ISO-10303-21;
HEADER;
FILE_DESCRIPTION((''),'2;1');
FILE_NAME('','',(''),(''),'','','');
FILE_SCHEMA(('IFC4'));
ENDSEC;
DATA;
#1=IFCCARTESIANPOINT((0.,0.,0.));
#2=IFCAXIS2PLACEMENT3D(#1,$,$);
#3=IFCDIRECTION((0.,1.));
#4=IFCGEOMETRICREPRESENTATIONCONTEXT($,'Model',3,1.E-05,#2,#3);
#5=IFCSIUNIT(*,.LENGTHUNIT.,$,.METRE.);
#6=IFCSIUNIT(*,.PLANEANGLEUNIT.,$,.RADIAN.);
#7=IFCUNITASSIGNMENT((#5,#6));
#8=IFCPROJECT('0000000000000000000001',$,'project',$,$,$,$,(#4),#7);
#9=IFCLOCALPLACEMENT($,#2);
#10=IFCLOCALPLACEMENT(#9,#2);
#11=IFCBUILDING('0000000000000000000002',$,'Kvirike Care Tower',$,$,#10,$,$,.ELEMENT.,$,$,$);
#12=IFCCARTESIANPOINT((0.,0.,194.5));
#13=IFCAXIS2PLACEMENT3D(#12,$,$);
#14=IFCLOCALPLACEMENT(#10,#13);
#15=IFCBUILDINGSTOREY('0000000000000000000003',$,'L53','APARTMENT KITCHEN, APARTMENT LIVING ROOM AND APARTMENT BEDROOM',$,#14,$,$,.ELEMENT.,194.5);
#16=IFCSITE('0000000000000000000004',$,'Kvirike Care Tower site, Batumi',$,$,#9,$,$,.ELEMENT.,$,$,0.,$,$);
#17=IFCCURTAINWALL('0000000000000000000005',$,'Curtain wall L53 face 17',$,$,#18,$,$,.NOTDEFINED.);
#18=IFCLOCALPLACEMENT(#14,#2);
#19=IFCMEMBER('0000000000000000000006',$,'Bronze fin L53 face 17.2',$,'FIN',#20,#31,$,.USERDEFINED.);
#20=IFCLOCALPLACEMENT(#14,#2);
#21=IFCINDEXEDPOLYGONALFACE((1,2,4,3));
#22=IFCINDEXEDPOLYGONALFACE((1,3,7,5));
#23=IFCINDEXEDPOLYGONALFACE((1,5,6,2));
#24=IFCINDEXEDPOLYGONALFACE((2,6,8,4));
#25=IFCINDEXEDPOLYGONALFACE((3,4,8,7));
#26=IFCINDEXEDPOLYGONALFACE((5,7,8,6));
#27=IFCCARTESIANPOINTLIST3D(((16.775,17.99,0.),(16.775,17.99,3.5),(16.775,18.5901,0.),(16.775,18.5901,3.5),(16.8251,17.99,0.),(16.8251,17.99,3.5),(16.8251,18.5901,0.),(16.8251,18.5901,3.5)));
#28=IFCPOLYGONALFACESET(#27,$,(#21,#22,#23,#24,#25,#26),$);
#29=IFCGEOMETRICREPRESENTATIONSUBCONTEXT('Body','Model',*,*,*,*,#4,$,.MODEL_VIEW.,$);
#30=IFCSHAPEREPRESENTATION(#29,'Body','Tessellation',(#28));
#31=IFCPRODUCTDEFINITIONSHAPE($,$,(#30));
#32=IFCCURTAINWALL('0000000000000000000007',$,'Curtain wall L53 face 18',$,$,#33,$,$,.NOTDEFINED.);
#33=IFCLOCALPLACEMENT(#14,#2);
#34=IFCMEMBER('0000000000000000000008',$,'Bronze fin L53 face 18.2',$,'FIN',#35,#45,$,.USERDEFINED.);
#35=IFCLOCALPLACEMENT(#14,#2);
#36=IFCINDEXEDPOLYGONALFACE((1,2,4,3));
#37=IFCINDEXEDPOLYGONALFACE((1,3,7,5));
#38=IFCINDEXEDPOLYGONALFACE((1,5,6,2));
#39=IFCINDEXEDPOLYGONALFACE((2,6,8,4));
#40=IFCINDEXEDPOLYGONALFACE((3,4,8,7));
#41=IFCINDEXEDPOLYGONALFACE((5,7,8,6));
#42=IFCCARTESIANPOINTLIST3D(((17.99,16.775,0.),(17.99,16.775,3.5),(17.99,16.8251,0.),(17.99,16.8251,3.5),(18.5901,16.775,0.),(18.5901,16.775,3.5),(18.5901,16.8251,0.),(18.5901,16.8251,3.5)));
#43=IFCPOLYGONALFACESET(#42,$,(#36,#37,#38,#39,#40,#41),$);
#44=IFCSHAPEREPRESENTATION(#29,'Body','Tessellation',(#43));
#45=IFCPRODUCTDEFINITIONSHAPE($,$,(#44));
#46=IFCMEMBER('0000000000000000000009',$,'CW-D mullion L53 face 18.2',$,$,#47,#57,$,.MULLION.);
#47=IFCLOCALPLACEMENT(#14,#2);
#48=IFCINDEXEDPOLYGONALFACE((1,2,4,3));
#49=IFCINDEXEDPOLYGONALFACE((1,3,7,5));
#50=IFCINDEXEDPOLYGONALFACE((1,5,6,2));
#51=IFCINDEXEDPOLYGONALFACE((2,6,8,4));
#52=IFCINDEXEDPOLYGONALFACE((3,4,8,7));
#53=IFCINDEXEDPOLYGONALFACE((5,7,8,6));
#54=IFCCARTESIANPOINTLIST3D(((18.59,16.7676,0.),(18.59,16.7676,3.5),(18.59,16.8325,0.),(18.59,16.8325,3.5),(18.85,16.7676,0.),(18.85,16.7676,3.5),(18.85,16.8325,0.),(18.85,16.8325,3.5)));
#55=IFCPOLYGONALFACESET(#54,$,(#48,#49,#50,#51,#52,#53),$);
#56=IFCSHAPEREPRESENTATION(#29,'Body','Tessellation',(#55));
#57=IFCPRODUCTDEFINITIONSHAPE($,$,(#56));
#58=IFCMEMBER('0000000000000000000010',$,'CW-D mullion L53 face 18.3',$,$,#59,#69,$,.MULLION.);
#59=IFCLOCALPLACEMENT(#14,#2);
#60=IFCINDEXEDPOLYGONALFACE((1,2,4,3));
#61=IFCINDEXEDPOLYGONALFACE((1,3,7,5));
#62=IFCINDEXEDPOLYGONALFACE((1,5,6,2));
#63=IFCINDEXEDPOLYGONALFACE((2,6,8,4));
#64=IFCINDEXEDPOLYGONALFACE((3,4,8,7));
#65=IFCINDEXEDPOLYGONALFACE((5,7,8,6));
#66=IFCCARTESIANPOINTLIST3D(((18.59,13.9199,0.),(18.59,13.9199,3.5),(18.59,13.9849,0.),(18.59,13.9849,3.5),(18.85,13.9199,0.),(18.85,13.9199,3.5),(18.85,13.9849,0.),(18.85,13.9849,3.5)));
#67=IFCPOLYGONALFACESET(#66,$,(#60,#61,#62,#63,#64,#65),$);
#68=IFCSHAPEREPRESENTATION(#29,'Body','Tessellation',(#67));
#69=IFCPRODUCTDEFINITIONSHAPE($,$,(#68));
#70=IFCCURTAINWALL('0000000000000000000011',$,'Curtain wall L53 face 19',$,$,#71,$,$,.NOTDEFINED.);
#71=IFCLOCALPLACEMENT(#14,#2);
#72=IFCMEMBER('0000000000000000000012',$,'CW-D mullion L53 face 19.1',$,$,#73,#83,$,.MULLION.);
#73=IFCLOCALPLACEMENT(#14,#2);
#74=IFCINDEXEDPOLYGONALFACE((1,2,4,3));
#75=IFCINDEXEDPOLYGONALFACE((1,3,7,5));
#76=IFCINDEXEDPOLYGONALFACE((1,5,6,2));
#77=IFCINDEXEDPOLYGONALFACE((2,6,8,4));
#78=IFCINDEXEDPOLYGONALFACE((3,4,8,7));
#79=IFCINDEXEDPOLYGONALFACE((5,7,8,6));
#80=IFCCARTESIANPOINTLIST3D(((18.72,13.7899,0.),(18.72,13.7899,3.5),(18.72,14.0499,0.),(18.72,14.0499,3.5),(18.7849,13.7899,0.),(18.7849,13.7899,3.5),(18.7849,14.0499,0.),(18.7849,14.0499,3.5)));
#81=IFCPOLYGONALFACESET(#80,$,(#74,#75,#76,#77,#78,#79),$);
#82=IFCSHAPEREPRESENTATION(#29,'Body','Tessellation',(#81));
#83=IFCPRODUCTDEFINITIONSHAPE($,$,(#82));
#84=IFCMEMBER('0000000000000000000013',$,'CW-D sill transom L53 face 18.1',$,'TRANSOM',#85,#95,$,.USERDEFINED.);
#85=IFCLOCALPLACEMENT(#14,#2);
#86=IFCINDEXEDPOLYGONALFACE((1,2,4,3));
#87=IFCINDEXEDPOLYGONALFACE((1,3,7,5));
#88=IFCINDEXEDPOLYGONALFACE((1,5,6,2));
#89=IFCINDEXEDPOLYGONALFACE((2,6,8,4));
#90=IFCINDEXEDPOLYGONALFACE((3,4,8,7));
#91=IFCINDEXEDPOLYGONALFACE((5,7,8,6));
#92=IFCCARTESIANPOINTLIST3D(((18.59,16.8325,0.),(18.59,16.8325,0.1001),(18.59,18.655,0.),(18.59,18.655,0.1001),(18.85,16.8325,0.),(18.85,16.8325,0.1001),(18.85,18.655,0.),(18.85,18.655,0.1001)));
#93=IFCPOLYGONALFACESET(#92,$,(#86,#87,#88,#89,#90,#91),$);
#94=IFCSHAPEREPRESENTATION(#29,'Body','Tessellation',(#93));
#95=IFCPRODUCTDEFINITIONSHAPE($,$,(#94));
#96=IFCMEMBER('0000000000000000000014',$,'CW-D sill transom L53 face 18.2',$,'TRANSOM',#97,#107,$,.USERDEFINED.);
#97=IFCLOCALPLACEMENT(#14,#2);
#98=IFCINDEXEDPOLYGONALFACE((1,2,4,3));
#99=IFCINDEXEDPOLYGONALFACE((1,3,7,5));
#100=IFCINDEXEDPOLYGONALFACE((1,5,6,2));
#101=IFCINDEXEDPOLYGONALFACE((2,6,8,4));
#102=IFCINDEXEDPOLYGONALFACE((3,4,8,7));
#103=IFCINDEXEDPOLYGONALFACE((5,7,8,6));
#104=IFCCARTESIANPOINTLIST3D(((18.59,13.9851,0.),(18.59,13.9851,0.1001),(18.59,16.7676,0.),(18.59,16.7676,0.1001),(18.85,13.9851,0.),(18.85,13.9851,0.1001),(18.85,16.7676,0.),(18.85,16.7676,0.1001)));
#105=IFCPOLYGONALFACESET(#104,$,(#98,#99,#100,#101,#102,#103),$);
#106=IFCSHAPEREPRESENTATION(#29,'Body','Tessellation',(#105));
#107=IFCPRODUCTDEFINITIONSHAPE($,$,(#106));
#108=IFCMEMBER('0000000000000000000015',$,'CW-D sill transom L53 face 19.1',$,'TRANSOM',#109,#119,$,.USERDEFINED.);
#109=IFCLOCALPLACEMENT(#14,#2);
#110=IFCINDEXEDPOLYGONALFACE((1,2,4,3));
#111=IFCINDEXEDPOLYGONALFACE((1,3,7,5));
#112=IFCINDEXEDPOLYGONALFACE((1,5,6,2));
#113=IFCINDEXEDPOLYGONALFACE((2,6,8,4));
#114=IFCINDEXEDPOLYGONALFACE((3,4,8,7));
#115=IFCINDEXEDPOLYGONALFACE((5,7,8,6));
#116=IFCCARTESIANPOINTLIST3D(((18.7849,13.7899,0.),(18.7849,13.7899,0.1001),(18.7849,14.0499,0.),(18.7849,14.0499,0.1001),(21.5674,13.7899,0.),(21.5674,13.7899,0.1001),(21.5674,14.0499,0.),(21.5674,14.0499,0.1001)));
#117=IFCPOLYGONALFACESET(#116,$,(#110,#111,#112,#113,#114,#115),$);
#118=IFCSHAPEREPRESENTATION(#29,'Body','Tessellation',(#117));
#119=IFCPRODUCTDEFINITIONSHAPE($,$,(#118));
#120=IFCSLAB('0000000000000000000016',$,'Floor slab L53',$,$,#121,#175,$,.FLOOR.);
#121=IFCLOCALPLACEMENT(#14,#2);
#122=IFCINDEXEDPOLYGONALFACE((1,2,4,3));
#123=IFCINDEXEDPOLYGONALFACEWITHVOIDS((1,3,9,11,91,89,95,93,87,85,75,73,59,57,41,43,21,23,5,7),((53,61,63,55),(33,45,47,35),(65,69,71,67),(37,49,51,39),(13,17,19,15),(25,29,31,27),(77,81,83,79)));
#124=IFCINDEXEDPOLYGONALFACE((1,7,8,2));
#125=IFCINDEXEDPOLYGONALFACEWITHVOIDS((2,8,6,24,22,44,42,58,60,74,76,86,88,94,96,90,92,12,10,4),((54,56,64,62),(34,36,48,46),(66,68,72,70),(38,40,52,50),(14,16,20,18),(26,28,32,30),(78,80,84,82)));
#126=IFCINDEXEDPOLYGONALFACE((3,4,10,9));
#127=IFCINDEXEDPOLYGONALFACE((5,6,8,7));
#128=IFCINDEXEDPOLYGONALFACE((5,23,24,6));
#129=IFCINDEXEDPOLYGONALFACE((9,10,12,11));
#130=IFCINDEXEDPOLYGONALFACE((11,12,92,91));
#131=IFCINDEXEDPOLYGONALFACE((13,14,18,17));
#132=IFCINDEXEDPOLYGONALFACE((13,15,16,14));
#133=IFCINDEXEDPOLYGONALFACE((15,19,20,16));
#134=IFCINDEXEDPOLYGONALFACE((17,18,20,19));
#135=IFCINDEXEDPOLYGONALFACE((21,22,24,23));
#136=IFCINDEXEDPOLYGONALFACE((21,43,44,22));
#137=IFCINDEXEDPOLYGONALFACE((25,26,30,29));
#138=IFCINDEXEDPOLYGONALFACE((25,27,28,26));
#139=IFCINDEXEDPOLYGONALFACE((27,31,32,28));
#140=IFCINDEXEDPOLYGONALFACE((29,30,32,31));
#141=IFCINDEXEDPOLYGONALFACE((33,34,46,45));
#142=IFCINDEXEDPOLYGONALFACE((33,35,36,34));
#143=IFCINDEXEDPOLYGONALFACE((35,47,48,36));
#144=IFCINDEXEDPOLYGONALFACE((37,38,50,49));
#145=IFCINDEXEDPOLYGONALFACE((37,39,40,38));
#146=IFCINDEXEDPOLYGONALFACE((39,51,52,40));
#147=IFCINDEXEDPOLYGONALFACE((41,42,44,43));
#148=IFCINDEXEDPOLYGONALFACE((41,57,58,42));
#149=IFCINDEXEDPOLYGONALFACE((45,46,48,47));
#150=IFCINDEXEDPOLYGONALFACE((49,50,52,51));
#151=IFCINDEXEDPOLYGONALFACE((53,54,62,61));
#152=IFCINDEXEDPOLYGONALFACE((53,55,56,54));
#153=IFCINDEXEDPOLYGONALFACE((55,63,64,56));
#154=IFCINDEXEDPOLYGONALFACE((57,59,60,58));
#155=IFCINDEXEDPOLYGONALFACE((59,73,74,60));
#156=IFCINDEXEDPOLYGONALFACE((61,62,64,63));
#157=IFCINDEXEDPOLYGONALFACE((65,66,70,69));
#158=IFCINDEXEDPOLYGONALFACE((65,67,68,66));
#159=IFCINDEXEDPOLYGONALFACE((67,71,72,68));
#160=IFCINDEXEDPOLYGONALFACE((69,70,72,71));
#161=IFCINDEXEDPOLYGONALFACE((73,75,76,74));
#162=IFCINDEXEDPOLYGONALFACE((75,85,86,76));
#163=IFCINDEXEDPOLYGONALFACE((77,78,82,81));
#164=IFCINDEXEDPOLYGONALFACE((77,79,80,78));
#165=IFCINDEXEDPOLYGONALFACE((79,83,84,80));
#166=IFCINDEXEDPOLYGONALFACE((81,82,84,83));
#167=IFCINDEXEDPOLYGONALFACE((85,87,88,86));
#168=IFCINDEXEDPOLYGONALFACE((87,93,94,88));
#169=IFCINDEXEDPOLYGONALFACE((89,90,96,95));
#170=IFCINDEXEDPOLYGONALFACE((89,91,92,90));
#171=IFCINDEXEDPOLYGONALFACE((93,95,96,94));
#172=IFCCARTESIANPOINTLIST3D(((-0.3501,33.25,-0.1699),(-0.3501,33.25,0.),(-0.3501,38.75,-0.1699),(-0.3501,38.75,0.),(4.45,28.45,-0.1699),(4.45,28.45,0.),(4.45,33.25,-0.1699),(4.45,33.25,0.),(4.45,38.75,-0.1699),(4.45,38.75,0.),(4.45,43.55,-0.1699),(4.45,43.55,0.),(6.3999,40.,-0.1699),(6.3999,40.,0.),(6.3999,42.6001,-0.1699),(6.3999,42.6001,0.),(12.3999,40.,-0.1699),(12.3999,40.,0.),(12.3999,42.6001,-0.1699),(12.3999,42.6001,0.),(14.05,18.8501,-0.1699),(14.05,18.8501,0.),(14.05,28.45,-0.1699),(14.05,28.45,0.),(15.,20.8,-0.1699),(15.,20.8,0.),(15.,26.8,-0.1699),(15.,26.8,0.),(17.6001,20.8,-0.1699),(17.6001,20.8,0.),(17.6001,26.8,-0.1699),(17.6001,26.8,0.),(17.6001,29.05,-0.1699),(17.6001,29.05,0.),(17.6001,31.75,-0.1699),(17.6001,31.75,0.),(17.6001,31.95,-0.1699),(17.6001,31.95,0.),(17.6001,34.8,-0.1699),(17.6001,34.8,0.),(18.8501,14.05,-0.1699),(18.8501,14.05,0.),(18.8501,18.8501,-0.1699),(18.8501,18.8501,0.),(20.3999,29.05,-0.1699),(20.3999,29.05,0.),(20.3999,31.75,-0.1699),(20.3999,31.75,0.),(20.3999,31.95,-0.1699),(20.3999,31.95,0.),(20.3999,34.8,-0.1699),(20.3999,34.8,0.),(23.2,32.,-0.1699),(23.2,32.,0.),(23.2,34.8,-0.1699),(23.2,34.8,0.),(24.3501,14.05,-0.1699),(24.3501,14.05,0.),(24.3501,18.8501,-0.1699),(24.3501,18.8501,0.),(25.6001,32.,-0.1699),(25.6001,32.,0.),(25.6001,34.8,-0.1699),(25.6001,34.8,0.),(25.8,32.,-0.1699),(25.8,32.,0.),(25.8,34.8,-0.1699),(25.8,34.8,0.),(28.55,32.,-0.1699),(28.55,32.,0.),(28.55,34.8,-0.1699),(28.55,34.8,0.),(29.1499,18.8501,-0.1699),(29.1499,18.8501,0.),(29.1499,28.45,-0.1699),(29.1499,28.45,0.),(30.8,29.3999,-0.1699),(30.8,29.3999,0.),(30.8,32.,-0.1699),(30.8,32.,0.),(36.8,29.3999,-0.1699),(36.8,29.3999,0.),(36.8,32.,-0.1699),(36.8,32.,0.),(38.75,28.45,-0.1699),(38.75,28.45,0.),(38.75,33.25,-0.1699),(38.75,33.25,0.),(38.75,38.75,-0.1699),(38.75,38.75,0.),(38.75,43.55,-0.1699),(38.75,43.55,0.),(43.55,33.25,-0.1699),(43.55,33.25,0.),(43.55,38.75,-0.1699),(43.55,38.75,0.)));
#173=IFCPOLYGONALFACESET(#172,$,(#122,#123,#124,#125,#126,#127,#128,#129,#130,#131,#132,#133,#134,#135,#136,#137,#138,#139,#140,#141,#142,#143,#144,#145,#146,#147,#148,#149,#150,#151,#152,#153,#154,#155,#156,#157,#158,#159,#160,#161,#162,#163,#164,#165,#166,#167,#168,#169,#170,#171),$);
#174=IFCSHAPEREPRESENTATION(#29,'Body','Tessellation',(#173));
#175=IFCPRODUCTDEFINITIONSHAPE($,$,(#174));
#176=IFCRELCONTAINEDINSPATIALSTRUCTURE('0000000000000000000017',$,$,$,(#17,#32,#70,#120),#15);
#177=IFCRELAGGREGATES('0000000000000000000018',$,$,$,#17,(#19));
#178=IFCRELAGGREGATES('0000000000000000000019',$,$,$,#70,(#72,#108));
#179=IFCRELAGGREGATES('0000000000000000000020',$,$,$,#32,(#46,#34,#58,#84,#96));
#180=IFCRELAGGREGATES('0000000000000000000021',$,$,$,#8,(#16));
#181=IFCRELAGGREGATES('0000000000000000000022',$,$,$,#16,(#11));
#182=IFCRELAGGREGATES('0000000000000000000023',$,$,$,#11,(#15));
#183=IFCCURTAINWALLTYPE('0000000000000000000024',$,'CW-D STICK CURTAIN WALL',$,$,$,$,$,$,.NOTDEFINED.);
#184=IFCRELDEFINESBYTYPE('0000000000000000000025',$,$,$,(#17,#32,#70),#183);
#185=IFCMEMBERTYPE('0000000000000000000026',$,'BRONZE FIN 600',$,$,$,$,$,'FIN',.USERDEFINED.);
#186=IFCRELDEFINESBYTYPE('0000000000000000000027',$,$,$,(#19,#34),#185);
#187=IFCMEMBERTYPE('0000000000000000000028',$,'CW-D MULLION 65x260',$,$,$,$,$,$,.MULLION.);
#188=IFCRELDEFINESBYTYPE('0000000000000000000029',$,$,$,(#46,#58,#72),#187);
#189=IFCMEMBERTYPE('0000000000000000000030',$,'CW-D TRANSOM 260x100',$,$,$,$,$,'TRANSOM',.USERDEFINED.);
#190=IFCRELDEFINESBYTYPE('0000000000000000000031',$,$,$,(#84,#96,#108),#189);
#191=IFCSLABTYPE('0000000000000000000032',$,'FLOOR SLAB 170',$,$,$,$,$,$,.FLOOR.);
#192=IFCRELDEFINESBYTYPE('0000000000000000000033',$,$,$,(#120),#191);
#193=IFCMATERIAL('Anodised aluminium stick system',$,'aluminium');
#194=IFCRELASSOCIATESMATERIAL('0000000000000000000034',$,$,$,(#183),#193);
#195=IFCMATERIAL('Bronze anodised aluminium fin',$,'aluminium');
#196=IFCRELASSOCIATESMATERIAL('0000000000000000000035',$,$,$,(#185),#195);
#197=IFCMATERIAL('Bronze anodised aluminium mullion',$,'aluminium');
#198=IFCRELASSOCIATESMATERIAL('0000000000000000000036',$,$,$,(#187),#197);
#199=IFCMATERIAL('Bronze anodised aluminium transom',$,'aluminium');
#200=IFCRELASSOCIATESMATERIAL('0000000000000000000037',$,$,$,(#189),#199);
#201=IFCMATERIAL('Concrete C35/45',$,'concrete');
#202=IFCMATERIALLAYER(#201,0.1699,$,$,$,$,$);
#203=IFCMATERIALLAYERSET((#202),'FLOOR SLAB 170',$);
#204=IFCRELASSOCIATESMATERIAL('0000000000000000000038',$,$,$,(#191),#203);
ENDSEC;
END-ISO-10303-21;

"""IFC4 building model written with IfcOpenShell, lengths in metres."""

from ifc_helpers import new_model, si_unit, direction, frame, origin, origin_2d, place, context, subcontext, project, spatial, polyline, rectangle, outline, extrude, material, layer, layer_set, material_profile, profile_set, type_object, element, aggregate, save


model = new_model("IFC4")

# Units and contexts
model_context = context("Model", 3, precision=1e-05, world=origin(), true_north=direction((0.0, 1.0)))
body_context = subcontext(model_context, "Body", "Model", "MODEL_VIEW")
ifc_project = project(units=[si_unit("LENGTHUNIT", "METRE"), si_unit("PLANEANGLEUNIT", "RADIAN")], contexts=[model_context])

# Site, building, storey
site_placement = place(None, origin())
site = spatial("IfcSite", under=ifc_project, at=site_placement, Name="Kvirike Care Tower site, Batumi", CompositionType="ELEMENT", RefElevation=0.0)
building_placement = place(site_placement, origin())
building = spatial("IfcBuilding", under=site, at=building_placement, Name="Kvirike Care Tower", CompositionType="ELEMENT")
storey_placement = place(building_placement, frame((0.0, 0.0, 194.5)))
storey = spatial("IfcBuildingStorey", under=building, at=storey_placement, Name="L53", Description="APARTMENT KITCHEN, APARTMENT LIVING ROOM AND APARTMENT BEDROOM", CompositionType="ELEMENT", Elevation=194.5)

# Curtain wall, member
ifc_material_1 = material(Name="Anodised aluminium stick system", Category="aluminium")
curtain_wall_type = type_object("IfcCurtainWallType", Name="CW-D STICK CURTAIN WALL", PredefinedType="NOTDEFINED", material=ifc_material_1)
curtain_wall_1_placement = place(storey_placement, origin())
curtain_wall_1 = element("IfcCurtainWall", 1, at=curtain_wall_1_placement, inside=storey, type_object=curtain_wall_type, Name="Curtain wall L53 face 17", PredefinedType="NOTDEFINED")
ifc_material_2 = material(Name="Bronze anodised aluminium fin", Category="aluminium")
ifc_material_profile_1 = material_profile(ifc_material_2, rectangle(XDim=0.05, YDim=0.6001, at=origin_2d()), Name="BRONZE FIN 600")
ifc_profile_set_1 = profile_set([ifc_material_profile_1], Name="Bronze anodised aluminium fin")
member_type_1 = type_object("IfcMemberType", Name="BRONZE FIN 600", ElementType="FIN", PredefinedType="USERDEFINED", material=ifc_profile_set_1)
member_1_placement = place(storey_placement, frame((16.8, 18.29, 0.0), z_axis=(0.0, 0.0, 1.0), x_axis=(1.0, 0.0, 0.0)))
member_1 = element("IfcMember", 2, at=member_1_placement, type_object=member_type_1, Name="Bronze fin L53 face 17.2", ObjectType="FIN", PredefinedType="USERDEFINED", context=body_context, shape_type="SweptSolid", body=[
    extrude(rectangle(XDim=0.05, YDim=0.6001, at=origin_2d()), origin(), (0.0, 0.0, 1.0), 3.5),
])
aggregate(curtain_wall_1, [member_1])

# Curtain wall, members
curtain_wall_2_placement = place(storey_placement, origin())
curtain_wall_2 = element("IfcCurtainWall", 3, at=curtain_wall_2_placement, inside=storey, type_object=curtain_wall_type, Name="Curtain wall L53 face 18", PredefinedType="NOTDEFINED")
member_2_placement = place(storey_placement, frame((18.29, 16.8, 0.0), z_axis=(0.0, 0.0, 1.0), x_axis=(0.0, -1.0, 0.0)))
member_2 = element("IfcMember", 4, at=member_2_placement, type_object=member_type_1, Name="Bronze fin L53 face 18.2", ObjectType="FIN", PredefinedType="USERDEFINED", context=body_context, shape_type="SweptSolid", body=[
    extrude(rectangle(XDim=0.05, YDim=0.6001, at=origin_2d()), origin(), (0.0, 0.0, 1.0), 3.5),
])
ifc_material_3 = material(Name="Bronze anodised aluminium mullion", Category="aluminium")
ifc_material_profile_2 = material_profile(ifc_material_3, rectangle(XDim=0.0649, YDim=0.26, at=origin_2d()), Name="CW-D MULLION 65x260")
ifc_profile_set_2 = profile_set([ifc_material_profile_2], Name="Bronze anodised aluminium mullion")
member_type_2 = type_object("IfcMemberType", Name="CW-D MULLION 65x260", PredefinedType="MULLION", material=ifc_profile_set_2)
member_3_placement = place(storey_placement, frame((18.72, 16.8, 0.0), z_axis=(0.0, 0.0, 1.0), x_axis=(0.0, -1.0, 0.0)))
member_3 = element("IfcMember", 5, at=member_3_placement, type_object=member_type_2, Name="CW-D mullion L53 face 18.2", PredefinedType="MULLION", context=body_context, shape_type="SweptSolid", body=[
    extrude(rectangle(XDim=0.0649, YDim=0.26, at=origin_2d()), origin(), (0.0, 0.0, 1.0), 3.5),
])
member_4_placement = place(storey_placement, frame((18.72, 13.9524, 0.0), z_axis=(0.0, 0.0, 1.0), x_axis=(0.0, -1.0, 0.0)))
member_4 = element("IfcMember", 6, at=member_4_placement, type_object=member_type_2, Name="CW-D mullion L53 face 18.3", PredefinedType="MULLION", context=body_context, shape_type="SweptSolid", body=[
    extrude(rectangle(XDim=0.0649, YDim=0.26, at=origin_2d()), origin(), (0.0, 0.0, 1.0), 3.5),
])

# Curtain wall, member
curtain_wall_3_placement = place(storey_placement, origin())
curtain_wall_3 = element("IfcCurtainWall", 7, at=curtain_wall_3_placement, inside=storey, type_object=curtain_wall_type, Name="Curtain wall L53 face 19", PredefinedType="NOTDEFINED")
member_5_placement = place(storey_placement, frame((18.7524, 13.9199, 0.0), z_axis=(0.0, 0.0, 1.0), x_axis=(1.0, 0.0, 0.0)))
member_5 = element("IfcMember", 8, at=member_5_placement, type_object=member_type_2, Name="CW-D mullion L53 face 19.1", PredefinedType="MULLION", context=body_context, shape_type="SweptSolid", body=[
    extrude(rectangle(XDim=0.0649, YDim=0.26, at=origin_2d()), origin(), (0.0, 0.0, 1.0), 3.5),
])

# Members
ifc_material_4 = material(Name="Bronze anodised aluminium transom", Category="aluminium")
ifc_material_profile_3 = material_profile(ifc_material_4, rectangle(XDim=0.26, YDim=0.1001, at=origin_2d()), Name="CW-D TRANSOM 260x100")
ifc_profile_set_3 = profile_set([ifc_material_profile_3], Name="Bronze anodised aluminium transom")
member_type_3 = type_object("IfcMemberType", Name="CW-D TRANSOM 260x100", ElementType="TRANSOM", PredefinedType="USERDEFINED", material=ifc_profile_set_3)
member_6_placement = place(storey_placement, frame((18.72, 18.655, 0.05), z_axis=(0.0, -1.0, 0.0), x_axis=(1.0, 0.0, 0.0)))
member_6 = element("IfcMember", 9, at=member_6_placement, type_object=member_type_3, Name="CW-D sill transom L53 face 18.1", ObjectType="TRANSOM", PredefinedType="USERDEFINED", context=body_context, shape_type="SweptSolid", body=[
    extrude(rectangle(XDim=0.26, YDim=0.1001, at=origin_2d()), origin(), (0.0, 0.0, 1.0), 1.8225),
])
member_7_placement = place(storey_placement, frame((18.72, 16.7676, 0.05), z_axis=(0.0, -1.0, 0.0), x_axis=(1.0, 0.0, 0.0)))
member_7 = element("IfcMember", 10, at=member_7_placement, type_object=member_type_3, Name="CW-D sill transom L53 face 18.2", ObjectType="TRANSOM", PredefinedType="USERDEFINED", context=body_context, shape_type="SweptSolid", body=[
    extrude(rectangle(XDim=0.26, YDim=0.1001, at=origin_2d()), origin(), (0.0, 0.0, 1.0), 2.7825),
])
member_8_placement = place(storey_placement, frame((18.7849, 13.9199, 0.05), z_axis=(1.0, 0.0, 0.0), x_axis=(0.0, 1.0, 0.0)))
member_8 = element("IfcMember", 11, at=member_8_placement, type_object=member_type_3, Name="CW-D sill transom L53 face 19.1", ObjectType="TRANSOM", PredefinedType="USERDEFINED", context=body_context, shape_type="SweptSolid", body=[
    extrude(rectangle(XDim=0.26, YDim=0.1001, at=origin_2d()), origin(), (0.0, 0.0, 1.0), 2.7825),
])
aggregate(curtain_wall_3, [member_5, member_8])

# Slab
ifc_material_5 = material(Name="Concrete C35/45", Category="concrete")
ifc_layer_1 = layer(ifc_material_5, 0.1699)
ifc_layer_set_1 = layer_set([ifc_layer_1], Name="FLOOR SLAB 170")
slab_type_1 = type_object("IfcSlabType", Name="FLOOR SLAB 170", PredefinedType="FLOOR", material=ifc_layer_set_1)
slab_1_placement = place(storey_placement, frame((0.0, 0.0, -0.1699)))
element("IfcSlab", 12, at=slab_1_placement, inside=storey, type_object=slab_type_1, Name="Floor slab L53", PredefinedType="FLOOR", context=body_context, shape_type="SweptSolid", body=[
    extrude(outline(polyline([(29.1499, 28.45), (38.75, 28.45), (38.75, 33.25), (43.55, 33.25), (43.55, 38.75), (38.75, 38.75), (38.75, 43.55), (4.45, 43.55), (4.45, 38.75), (-0.3501, 38.75), (-0.3501, 33.25), (4.45, 33.25), (4.45, 28.45), (14.05, 28.45), (14.05, 18.8501), (18.8501, 18.8501), (18.8501, 14.05), (24.3501, 14.05), (24.3501, 18.8501), (29.1499, 18.8501), (29.1499, 28.45)]), holes=[polyline([(17.6001, 29.05), (17.6001, 31.75), (20.3999, 31.75), (20.3999, 29.05), (17.6001, 29.05)]), polyline([(17.6001, 31.95), (17.6001, 34.8), (20.3999, 34.8), (20.3999, 31.95), (17.6001, 31.95)]), polyline([(23.2, 32.0), (23.2, 34.8), (25.6001, 34.8), (25.6001, 32.0), (23.2, 32.0)]), polyline([(25.8, 32.0), (25.8, 34.8), (28.55, 34.8), (28.55, 32.0), (25.8, 32.0)]), polyline([(12.3999, 42.6001), (12.3999, 40.0), (6.3999, 40.0), (6.3999, 42.6001), (12.3999, 42.6001)]), polyline([(30.8, 29.3999), (30.8, 32.0), (36.8, 32.0), (36.8, 29.3999), (30.8, 29.3999)]), polyline([(15.0, 26.8), (17.6001, 26.8), (17.6001, 20.8), (15.0, 20.8), (15.0, 26.8)])]), origin(), (0.0, 0.0, 1.0), 0.1699),
])

aggregate(curtain_wall_2, [member_3, member_2, member_4, member_6, member_7])

save(model, "model.ifc")
